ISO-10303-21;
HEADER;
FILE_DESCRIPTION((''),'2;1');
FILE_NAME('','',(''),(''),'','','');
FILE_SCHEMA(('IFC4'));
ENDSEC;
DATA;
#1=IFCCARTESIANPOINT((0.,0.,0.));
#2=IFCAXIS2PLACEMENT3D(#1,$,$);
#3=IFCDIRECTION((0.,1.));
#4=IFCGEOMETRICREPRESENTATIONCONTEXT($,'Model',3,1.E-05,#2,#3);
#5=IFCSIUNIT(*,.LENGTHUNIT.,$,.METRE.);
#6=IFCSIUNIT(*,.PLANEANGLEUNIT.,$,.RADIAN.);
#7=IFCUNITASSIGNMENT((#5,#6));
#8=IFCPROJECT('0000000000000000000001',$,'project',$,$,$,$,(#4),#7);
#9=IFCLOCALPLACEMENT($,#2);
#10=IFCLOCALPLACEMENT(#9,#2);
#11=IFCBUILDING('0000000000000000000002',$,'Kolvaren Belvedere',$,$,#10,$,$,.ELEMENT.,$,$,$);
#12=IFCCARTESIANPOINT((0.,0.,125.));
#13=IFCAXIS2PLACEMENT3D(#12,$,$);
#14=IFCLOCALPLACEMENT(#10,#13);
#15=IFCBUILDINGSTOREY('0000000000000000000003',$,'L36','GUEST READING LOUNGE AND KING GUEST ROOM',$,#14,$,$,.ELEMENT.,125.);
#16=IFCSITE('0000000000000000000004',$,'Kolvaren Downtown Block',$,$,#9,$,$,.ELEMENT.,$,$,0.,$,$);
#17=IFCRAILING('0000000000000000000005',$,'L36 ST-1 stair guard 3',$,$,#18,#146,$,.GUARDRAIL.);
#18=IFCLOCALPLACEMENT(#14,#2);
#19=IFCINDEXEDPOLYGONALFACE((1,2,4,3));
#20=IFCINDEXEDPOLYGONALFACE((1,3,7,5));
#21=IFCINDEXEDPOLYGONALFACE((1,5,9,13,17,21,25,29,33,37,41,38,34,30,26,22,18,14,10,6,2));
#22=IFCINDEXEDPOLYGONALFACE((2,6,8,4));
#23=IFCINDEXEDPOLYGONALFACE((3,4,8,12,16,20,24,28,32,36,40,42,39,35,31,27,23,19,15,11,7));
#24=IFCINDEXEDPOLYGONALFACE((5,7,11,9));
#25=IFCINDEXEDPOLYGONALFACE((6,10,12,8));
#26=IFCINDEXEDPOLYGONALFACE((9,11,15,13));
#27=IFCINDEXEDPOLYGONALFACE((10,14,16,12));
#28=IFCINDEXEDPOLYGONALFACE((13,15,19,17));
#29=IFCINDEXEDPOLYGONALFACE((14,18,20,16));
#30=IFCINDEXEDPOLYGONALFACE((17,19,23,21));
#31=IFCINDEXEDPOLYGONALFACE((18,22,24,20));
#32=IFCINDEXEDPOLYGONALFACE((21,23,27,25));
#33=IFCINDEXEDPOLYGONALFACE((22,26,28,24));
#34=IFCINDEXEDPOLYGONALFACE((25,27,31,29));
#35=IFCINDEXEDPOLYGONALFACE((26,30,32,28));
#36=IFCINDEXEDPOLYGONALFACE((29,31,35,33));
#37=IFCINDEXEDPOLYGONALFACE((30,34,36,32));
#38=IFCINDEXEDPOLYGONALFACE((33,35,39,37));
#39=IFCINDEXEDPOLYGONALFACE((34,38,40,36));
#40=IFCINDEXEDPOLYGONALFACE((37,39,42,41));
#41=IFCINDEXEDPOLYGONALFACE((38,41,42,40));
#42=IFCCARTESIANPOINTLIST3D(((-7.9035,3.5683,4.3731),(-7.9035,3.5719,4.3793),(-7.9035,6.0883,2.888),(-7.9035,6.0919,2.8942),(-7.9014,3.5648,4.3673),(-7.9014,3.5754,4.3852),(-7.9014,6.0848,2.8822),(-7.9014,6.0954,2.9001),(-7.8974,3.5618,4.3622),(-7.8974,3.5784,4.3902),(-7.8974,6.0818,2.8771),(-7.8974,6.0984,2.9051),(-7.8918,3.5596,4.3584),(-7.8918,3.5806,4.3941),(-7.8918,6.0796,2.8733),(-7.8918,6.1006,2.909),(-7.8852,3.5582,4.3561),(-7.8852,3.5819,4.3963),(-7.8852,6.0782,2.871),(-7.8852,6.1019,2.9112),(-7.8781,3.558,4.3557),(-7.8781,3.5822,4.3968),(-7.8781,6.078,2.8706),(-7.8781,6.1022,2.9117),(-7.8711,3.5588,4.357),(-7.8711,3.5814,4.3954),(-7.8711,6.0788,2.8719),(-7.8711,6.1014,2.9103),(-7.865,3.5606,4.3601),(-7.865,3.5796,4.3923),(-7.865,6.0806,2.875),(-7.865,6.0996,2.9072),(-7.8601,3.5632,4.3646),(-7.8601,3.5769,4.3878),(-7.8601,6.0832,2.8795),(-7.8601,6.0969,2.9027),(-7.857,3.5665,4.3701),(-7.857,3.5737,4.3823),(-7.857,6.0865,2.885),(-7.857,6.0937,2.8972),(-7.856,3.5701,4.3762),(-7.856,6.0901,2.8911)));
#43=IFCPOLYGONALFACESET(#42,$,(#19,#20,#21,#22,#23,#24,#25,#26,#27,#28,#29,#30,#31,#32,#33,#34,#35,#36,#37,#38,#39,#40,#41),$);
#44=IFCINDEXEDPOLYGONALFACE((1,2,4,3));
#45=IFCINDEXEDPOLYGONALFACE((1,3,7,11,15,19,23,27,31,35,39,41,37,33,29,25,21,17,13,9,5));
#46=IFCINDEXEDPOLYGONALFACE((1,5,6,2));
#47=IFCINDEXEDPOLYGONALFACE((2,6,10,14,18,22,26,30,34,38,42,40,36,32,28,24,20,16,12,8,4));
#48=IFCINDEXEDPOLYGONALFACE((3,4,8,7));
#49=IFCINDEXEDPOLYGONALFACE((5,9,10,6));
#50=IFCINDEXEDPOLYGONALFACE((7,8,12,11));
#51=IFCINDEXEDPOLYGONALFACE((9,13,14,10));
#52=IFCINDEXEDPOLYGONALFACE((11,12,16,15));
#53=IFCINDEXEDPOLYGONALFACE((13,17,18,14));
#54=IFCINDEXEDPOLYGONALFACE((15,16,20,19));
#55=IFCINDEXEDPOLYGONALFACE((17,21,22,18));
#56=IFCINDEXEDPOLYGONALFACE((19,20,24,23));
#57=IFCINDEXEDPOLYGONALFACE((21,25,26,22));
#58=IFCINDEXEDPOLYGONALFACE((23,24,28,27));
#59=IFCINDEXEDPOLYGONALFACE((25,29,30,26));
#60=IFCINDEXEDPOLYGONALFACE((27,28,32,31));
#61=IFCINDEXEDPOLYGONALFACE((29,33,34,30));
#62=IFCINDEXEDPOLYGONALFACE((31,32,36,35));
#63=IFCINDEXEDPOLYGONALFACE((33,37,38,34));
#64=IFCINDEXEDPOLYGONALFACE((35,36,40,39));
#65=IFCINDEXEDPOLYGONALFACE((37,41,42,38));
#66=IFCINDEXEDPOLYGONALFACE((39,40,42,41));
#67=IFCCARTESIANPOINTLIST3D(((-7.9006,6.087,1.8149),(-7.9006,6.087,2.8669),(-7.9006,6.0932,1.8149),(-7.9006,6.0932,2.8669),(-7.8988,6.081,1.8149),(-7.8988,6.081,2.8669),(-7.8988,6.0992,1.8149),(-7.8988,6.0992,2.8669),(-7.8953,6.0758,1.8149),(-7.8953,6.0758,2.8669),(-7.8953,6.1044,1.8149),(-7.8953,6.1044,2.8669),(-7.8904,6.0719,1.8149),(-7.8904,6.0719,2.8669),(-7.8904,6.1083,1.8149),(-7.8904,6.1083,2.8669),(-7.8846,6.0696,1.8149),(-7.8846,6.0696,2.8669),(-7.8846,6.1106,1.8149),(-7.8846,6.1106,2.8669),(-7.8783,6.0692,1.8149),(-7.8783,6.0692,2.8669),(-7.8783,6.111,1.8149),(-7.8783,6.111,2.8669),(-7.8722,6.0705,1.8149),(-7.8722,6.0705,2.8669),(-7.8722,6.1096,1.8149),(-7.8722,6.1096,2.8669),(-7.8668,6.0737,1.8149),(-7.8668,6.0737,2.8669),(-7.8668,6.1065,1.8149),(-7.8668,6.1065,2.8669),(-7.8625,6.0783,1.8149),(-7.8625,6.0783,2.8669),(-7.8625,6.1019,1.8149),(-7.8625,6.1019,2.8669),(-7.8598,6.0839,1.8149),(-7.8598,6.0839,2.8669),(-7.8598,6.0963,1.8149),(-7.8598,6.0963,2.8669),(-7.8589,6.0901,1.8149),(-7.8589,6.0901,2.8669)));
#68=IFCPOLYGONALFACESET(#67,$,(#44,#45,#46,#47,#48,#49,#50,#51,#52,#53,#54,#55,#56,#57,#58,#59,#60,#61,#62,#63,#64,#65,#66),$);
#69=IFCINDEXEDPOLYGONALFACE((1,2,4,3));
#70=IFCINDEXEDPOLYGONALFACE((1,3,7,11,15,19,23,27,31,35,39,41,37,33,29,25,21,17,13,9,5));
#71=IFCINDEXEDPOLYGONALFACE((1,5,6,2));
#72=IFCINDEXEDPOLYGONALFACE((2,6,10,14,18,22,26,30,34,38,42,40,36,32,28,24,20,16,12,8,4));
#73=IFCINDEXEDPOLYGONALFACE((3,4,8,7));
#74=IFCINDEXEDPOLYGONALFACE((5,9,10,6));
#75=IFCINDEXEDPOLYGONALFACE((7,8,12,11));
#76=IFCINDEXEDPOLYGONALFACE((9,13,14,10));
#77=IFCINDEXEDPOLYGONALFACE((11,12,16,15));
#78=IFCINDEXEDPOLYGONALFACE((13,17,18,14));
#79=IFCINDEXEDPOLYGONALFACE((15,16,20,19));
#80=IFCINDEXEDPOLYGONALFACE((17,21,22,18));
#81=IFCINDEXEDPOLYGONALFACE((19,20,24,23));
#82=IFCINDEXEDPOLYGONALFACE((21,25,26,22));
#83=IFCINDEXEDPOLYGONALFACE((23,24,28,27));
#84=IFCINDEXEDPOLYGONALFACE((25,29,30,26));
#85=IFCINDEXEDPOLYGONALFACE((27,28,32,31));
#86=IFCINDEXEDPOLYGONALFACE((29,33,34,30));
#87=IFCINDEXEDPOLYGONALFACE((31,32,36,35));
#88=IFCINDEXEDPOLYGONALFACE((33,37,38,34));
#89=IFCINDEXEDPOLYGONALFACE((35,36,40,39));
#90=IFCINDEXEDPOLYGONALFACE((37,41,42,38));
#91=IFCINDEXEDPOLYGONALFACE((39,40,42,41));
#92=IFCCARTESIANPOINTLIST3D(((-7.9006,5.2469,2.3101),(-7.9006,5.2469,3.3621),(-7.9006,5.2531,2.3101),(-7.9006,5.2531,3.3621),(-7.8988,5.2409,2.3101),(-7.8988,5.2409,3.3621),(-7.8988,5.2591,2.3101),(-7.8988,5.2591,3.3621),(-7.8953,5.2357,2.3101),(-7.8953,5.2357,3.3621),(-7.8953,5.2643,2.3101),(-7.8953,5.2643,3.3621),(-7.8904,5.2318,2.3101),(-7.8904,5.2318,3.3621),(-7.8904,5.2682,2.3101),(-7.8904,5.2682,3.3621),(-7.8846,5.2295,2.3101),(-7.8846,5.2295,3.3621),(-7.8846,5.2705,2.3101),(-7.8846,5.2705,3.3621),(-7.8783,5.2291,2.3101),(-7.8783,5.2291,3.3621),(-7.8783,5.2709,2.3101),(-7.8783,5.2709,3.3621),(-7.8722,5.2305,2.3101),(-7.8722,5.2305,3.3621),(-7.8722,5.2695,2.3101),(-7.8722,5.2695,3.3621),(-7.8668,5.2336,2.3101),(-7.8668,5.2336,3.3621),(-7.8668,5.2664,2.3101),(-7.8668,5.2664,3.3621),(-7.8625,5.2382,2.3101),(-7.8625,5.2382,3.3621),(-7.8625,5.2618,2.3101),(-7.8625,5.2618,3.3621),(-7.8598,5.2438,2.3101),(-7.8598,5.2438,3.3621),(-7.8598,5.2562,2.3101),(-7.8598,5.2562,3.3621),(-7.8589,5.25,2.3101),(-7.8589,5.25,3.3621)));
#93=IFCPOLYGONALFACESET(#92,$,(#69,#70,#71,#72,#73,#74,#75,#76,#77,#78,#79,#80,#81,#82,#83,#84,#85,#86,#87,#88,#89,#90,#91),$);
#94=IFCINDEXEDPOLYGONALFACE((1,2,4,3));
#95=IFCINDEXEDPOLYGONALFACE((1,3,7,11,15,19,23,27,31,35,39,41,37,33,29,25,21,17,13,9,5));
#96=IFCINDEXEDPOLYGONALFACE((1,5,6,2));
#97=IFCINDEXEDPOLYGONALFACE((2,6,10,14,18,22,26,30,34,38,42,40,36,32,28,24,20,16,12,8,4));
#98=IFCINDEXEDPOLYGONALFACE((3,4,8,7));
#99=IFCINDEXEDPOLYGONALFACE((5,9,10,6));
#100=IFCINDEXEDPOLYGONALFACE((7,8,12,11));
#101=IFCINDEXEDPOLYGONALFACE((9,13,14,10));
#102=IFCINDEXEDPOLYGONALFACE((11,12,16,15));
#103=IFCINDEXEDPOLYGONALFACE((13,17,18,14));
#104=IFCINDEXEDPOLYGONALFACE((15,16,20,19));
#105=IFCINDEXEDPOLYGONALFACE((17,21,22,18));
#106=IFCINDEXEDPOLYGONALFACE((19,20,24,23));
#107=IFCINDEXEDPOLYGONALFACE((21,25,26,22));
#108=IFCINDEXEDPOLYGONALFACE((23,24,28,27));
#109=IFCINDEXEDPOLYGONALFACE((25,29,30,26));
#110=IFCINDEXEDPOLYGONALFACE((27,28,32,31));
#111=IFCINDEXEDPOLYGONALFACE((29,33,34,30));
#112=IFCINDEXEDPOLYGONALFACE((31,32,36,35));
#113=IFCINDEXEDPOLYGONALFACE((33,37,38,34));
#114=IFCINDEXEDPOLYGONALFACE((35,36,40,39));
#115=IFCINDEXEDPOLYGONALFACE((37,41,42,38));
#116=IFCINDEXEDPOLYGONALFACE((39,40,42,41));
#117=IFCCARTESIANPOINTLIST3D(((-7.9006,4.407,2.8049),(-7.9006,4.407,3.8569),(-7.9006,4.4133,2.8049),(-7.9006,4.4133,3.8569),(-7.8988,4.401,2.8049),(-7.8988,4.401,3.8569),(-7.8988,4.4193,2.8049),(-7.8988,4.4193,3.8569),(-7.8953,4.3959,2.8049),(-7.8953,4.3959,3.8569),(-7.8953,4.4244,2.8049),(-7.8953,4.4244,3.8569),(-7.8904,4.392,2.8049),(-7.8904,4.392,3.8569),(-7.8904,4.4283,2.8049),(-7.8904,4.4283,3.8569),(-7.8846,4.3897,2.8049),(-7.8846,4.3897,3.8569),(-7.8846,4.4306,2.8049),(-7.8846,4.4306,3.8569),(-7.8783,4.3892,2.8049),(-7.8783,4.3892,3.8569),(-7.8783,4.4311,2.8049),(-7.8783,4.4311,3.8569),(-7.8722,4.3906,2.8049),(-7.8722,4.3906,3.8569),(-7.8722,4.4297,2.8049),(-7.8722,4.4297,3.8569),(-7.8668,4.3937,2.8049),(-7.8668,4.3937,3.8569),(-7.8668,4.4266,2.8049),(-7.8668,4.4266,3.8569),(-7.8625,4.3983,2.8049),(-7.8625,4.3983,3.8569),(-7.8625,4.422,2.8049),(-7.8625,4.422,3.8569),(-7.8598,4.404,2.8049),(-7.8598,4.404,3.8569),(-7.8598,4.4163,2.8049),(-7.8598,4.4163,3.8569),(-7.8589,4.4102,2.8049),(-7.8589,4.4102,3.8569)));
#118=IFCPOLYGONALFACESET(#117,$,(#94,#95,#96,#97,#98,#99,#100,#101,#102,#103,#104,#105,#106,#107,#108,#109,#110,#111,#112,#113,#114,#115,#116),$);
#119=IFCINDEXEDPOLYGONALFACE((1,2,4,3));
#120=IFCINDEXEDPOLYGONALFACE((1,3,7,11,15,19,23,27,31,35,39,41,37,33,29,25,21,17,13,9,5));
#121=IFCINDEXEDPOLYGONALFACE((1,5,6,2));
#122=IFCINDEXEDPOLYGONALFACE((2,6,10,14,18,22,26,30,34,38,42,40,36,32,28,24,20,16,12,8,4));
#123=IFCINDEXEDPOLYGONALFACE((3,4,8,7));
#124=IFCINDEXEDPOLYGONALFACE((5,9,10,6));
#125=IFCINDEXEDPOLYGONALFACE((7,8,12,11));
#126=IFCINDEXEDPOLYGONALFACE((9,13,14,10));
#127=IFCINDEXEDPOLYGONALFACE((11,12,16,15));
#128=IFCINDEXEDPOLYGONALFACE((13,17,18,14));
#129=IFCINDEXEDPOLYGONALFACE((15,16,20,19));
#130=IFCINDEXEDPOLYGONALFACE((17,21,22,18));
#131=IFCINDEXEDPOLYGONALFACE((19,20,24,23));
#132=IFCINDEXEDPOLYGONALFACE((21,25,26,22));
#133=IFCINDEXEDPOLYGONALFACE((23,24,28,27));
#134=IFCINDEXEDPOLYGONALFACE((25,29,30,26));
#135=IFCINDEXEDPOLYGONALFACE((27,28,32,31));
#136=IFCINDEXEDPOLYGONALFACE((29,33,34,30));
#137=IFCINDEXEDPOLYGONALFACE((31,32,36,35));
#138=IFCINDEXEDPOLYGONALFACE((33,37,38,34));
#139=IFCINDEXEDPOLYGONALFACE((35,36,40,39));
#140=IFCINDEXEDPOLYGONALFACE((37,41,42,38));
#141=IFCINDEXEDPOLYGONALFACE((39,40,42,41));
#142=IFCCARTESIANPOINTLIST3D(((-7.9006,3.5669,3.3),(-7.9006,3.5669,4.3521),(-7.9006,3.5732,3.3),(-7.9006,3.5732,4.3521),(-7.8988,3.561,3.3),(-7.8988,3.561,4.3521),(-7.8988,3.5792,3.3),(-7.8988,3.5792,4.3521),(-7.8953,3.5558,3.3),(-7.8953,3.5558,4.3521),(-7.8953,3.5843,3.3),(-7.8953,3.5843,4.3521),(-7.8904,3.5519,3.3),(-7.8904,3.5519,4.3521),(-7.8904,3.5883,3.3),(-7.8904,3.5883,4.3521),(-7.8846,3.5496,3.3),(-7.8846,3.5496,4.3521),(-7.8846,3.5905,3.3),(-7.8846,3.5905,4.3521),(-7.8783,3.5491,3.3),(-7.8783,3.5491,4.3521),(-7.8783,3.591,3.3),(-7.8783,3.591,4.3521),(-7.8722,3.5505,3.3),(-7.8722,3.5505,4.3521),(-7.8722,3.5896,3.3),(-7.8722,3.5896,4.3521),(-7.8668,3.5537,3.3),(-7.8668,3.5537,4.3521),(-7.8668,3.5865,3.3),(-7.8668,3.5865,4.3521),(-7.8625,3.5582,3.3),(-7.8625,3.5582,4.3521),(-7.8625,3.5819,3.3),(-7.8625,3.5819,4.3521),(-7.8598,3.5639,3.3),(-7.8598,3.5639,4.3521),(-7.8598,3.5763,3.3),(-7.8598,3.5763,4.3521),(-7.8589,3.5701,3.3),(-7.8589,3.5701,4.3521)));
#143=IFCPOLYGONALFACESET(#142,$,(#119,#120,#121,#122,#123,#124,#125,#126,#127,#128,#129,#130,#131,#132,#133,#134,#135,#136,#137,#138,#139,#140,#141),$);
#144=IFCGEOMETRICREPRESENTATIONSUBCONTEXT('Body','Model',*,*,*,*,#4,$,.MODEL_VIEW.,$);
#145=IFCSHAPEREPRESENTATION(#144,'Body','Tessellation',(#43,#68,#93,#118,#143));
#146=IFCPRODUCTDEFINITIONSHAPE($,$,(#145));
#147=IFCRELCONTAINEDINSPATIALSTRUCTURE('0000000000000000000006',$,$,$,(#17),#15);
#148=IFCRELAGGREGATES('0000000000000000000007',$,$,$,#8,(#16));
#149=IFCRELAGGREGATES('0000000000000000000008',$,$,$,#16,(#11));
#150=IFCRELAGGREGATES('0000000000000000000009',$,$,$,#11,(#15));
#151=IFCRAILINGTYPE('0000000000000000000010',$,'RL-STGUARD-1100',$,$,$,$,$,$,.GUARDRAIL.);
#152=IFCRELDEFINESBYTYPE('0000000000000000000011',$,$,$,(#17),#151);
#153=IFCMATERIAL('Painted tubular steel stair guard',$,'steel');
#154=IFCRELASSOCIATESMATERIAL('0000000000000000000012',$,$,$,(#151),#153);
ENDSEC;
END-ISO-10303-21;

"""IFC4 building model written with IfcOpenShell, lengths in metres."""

from ifc_helpers import new_model, si_unit, direction, frame, origin, origin_2d, place, context, subcontext, project, spatial, circle, extrude, material, type_object, element, save


model = new_model("IFC4")

# Units and contexts
model_context = context("Model", 3, precision=1e-05, world=origin(), true_north=direction((0.0, 1.0)))
body_context = subcontext(model_context, "Body", "Model", "MODEL_VIEW")
ifc_project = project(units=[si_unit("LENGTHUNIT", "METRE"), si_unit("PLANEANGLEUNIT", "RADIAN")], contexts=[model_context])

# Site, building, storey
site_placement = place(None, origin())
site = spatial("IfcSite", under=ifc_project, at=site_placement, Name="Kolvaren Downtown Block", CompositionType="ELEMENT", RefElevation=0.0)
building_placement = place(site_placement, origin())
building = spatial("IfcBuilding", under=site, at=building_placement, Name="Kolvaren Belvedere", CompositionType="ELEMENT")
storey_placement = place(building_placement, frame((0.0, 0.0, 125.0)))
storey = spatial("IfcBuildingStorey", under=building, at=storey_placement, Name="L36", Description="GUEST READING LOUNGE AND KING GUEST ROOM", CompositionType="ELEMENT", Elevation=125.0)

# Railing
ifc_material_1 = material(Name="Painted tubular steel stair guard", Category="steel")
railing_type_1 = type_object("IfcRailingType", Name="RL-STGUARD-1100", PredefinedType="GUARDRAIL", material=ifc_material_1)
railing_1_placement = place(storey_placement, frame((-7.8799, 6.0901, 1.8149)))
element("IfcRailing", 1, at=railing_1_placement, inside=storey, type_object=railing_type_1, Name="L36 ST-1 stair guard 3", PredefinedType="GUARDRAIL", context=body_context, shape_type="SweptSolid", body=[
    extrude(circle(Radius=0.0239, at=origin_2d()), frame((0.0, 0.0, 1.0762), z_axis=(0.0, -0.861524, 0.507717), x_axis=(1.0, 0.0, 0.0)), (0.0, 0.0, 1.0), 2.925),
    extrude(circle(Radius=0.021, at=origin_2d()), origin(), (0.0, 0.0, 1.0), 1.052),
    extrude(circle(Radius=0.021, at=origin_2d()), frame((0.0, -0.8401, 0.4951)), (0.0, 0.0, 1.0), 1.052),
    extrude(circle(Radius=0.021, at=origin_2d()), frame((0.0, -1.6799, 0.99)), (0.0, 0.0, 1.0), 1.052),
    extrude(circle(Radius=0.021, at=origin_2d()), frame((0.0, -2.52, 1.4851)), (0.0, 0.0, 1.0), 1.052),
])

save(model, "model.ifc")
